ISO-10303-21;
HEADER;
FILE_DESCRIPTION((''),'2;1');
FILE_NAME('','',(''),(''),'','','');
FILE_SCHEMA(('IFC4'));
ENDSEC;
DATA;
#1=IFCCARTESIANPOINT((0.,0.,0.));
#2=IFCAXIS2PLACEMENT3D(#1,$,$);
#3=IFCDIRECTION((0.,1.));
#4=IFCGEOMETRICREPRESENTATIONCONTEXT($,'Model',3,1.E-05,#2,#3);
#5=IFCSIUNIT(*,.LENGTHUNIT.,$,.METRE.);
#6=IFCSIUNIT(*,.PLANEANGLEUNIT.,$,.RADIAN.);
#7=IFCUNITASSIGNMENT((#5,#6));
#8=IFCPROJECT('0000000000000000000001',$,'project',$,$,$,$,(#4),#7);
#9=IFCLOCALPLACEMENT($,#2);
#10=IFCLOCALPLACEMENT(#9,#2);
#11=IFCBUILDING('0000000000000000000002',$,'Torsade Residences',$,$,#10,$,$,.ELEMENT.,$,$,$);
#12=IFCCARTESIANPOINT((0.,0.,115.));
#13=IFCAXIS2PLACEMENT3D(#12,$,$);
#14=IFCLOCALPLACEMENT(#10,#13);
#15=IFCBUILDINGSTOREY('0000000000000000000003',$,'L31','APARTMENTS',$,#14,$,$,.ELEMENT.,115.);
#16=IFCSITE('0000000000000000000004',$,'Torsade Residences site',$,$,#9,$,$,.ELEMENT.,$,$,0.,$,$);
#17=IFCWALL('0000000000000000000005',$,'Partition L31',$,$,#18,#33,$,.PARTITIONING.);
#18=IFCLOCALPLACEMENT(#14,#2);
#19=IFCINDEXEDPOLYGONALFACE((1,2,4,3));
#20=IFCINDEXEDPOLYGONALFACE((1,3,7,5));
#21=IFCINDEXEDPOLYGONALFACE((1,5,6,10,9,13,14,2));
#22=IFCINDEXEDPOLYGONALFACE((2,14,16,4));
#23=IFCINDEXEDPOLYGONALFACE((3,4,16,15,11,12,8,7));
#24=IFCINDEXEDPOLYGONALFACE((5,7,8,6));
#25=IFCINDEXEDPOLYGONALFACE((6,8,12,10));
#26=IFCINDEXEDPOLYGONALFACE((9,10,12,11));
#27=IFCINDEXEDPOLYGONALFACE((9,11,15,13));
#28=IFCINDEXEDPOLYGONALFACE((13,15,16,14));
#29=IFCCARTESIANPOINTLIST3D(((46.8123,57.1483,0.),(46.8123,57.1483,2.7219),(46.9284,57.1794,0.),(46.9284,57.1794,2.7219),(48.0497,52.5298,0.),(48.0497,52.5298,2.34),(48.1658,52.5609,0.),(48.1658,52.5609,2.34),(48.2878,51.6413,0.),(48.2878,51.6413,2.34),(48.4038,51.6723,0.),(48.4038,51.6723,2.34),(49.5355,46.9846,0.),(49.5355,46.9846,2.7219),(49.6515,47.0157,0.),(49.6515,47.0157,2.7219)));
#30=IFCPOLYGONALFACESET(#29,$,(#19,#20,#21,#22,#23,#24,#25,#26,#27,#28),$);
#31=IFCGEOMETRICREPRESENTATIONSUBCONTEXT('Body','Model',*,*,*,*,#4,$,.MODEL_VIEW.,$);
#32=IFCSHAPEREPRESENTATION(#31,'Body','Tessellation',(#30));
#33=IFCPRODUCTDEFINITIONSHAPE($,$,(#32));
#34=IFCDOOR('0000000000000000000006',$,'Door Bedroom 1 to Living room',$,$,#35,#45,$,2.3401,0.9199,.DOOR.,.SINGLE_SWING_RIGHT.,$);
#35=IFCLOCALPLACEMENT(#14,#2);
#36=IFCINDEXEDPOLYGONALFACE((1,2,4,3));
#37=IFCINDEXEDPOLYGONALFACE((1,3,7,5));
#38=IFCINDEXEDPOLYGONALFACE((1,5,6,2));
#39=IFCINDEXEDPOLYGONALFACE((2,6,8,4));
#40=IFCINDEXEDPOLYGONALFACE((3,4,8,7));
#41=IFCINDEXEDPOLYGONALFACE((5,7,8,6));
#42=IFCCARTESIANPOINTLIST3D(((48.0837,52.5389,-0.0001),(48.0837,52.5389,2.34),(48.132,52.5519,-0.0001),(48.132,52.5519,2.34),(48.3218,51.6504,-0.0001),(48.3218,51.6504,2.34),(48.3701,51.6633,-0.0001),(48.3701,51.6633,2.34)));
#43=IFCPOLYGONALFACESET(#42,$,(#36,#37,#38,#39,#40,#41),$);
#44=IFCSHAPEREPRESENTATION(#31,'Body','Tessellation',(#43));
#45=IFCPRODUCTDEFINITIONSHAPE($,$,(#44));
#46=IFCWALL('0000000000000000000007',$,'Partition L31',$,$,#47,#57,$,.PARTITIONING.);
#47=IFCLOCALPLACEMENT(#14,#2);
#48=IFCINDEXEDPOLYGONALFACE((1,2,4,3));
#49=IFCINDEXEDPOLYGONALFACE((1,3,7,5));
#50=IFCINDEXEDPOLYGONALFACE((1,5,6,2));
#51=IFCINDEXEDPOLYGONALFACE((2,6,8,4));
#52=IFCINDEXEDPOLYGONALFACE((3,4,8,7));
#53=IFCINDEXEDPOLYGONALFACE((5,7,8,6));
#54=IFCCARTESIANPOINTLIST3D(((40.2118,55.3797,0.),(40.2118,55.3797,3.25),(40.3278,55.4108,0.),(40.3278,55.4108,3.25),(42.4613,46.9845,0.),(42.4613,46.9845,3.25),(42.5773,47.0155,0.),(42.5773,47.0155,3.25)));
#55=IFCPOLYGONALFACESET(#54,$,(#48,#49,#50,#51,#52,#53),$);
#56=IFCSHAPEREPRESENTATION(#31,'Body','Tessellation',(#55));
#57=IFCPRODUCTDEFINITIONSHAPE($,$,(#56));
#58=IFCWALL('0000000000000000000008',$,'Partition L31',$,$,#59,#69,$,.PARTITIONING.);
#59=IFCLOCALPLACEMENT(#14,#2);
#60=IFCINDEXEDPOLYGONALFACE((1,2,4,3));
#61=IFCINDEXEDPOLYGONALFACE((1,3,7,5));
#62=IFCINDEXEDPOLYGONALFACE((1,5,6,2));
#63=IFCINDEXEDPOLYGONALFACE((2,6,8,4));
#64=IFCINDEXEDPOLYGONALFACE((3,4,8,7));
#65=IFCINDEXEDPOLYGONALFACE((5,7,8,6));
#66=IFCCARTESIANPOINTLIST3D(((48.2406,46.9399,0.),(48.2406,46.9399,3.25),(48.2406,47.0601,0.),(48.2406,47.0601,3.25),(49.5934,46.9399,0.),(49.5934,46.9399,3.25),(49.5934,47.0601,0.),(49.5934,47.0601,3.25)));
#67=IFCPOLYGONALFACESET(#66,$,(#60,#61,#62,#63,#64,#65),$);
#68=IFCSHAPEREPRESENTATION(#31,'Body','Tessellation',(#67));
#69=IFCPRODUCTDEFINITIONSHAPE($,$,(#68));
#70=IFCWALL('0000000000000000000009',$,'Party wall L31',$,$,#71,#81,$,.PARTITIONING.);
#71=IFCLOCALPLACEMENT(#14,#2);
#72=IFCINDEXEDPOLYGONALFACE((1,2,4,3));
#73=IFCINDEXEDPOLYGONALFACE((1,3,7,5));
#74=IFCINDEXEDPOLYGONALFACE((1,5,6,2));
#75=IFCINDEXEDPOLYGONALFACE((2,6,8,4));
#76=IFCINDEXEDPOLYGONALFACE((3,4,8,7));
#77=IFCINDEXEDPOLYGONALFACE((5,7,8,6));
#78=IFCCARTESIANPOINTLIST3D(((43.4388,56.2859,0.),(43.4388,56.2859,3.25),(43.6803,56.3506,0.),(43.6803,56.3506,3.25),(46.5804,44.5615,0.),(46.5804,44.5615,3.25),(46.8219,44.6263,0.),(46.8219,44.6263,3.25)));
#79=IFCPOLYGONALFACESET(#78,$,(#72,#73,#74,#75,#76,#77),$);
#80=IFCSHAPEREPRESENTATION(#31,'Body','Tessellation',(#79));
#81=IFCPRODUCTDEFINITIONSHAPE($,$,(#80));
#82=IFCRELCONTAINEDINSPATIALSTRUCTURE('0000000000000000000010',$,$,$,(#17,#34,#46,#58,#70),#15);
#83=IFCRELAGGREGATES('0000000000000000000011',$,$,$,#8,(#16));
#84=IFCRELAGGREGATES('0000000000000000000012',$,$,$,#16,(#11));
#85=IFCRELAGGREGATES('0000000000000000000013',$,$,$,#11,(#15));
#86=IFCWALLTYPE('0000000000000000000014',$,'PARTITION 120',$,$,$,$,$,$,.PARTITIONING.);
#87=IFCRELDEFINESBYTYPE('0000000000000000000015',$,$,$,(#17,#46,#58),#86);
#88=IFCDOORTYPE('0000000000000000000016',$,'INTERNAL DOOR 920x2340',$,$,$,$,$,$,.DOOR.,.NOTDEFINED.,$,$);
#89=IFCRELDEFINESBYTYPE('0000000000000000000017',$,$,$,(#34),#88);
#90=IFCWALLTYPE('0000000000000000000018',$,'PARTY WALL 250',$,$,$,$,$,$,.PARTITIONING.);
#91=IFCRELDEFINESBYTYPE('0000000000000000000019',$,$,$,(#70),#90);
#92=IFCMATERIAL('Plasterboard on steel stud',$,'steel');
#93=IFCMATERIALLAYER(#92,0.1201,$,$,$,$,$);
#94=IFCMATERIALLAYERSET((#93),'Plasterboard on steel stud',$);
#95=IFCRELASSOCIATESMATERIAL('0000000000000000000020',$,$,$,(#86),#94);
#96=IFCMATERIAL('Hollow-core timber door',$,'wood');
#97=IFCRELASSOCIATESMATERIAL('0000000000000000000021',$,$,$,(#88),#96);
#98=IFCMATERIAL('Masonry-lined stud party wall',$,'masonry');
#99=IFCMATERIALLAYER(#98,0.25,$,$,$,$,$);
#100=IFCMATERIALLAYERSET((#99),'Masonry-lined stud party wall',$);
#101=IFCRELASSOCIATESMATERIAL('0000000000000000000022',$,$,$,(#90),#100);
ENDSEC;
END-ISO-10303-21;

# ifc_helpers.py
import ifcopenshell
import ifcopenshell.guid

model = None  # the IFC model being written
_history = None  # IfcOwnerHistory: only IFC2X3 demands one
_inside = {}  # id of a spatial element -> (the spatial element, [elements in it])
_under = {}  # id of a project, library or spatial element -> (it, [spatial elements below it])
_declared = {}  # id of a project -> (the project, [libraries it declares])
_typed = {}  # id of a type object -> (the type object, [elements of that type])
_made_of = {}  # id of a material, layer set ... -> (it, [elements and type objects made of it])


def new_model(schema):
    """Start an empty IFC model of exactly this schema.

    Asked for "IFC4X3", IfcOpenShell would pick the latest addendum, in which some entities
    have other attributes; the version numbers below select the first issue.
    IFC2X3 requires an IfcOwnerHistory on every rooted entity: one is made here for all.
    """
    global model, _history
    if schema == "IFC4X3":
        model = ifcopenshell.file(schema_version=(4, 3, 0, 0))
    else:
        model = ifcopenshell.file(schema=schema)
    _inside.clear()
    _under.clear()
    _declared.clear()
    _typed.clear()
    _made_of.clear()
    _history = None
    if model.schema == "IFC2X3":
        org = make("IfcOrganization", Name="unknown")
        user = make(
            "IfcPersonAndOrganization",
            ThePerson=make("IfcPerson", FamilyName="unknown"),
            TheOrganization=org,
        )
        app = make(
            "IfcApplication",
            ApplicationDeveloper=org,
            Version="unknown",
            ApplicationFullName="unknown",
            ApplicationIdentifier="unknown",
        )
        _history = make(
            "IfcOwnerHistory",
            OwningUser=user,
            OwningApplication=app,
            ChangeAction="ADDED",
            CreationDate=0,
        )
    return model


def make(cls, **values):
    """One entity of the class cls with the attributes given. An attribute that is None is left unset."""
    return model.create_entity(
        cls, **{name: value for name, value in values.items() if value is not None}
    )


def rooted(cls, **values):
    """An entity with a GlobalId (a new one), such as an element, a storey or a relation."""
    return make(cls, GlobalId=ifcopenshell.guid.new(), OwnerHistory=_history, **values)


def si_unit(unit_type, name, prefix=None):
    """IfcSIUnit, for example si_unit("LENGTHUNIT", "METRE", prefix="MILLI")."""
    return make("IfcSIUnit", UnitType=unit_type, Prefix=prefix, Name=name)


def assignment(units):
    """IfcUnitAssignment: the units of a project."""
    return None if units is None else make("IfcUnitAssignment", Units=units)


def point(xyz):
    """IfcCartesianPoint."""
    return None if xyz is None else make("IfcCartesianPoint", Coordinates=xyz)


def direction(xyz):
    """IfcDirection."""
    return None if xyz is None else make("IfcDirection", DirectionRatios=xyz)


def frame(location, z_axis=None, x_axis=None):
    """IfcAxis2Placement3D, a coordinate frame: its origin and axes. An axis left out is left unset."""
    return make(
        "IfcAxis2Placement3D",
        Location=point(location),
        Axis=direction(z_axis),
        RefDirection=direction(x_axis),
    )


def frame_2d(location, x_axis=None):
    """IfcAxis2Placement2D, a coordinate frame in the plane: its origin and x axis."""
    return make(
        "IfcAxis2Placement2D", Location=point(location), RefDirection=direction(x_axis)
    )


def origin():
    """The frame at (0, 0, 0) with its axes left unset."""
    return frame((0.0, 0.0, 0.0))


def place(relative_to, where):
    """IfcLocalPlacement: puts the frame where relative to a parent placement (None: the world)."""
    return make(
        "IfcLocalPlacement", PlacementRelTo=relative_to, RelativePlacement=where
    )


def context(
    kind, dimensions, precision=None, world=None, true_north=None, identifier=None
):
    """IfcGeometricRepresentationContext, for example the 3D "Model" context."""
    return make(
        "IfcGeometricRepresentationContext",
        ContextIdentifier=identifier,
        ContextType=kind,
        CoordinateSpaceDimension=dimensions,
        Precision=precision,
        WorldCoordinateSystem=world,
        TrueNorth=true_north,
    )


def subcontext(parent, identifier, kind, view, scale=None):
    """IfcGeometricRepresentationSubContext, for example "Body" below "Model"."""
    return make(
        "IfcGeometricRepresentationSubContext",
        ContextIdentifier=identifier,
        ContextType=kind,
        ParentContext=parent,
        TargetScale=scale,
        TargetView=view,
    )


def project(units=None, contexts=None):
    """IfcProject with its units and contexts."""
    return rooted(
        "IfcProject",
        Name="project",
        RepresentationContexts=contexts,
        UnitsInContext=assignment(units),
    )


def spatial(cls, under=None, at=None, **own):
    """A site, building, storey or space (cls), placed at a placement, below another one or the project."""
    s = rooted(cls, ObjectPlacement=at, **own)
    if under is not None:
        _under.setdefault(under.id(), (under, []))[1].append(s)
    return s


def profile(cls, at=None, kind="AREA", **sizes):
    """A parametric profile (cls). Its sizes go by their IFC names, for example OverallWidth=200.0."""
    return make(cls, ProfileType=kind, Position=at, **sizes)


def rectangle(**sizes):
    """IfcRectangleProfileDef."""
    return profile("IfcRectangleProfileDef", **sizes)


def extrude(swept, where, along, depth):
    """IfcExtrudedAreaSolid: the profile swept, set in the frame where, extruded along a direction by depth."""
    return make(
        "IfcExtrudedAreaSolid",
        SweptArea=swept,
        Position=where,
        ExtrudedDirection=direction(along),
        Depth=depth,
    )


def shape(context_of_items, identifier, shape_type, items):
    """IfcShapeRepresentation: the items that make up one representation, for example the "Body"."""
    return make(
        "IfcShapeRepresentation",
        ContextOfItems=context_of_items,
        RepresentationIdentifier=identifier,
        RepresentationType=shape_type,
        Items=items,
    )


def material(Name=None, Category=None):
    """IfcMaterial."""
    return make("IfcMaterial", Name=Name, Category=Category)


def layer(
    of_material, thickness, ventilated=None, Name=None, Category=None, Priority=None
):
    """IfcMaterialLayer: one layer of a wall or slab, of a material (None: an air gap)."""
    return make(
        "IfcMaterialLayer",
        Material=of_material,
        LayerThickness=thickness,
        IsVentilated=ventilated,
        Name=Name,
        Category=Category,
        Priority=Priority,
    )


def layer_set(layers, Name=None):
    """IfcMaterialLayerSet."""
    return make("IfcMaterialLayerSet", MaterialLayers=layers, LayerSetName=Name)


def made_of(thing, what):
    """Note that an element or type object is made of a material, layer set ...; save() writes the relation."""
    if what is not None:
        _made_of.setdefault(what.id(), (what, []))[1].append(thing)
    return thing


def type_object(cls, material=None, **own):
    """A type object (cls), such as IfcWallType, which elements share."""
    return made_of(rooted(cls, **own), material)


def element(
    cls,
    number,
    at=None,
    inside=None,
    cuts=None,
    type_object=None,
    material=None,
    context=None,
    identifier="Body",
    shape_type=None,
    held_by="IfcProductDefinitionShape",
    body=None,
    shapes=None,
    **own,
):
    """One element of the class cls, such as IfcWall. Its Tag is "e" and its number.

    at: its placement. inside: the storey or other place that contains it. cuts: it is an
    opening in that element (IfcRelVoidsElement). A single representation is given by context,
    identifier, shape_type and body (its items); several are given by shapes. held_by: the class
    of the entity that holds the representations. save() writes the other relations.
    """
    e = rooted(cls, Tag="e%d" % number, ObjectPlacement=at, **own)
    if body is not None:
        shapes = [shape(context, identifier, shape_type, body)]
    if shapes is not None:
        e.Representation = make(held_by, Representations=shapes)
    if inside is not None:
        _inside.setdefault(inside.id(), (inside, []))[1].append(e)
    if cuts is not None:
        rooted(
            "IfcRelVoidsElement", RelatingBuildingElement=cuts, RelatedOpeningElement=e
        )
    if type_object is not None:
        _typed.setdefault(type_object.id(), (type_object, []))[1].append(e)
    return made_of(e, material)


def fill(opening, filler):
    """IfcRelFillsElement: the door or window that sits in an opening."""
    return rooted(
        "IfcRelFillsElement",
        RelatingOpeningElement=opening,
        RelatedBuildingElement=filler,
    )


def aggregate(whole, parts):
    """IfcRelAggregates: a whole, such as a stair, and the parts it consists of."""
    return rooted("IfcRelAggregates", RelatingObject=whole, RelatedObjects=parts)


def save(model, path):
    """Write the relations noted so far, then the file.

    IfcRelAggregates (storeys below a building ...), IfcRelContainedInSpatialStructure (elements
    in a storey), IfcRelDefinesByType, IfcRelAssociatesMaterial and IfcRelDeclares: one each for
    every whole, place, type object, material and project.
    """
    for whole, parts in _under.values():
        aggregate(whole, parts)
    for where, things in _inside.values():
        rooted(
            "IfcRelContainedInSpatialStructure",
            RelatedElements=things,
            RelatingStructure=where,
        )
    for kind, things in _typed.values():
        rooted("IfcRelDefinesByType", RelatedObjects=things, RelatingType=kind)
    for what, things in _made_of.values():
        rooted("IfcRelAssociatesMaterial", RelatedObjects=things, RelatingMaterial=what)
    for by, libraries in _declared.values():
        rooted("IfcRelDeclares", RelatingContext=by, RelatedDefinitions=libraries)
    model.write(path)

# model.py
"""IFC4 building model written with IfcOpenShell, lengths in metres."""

from ifc_helpers import new_model, si_unit, direction, frame, frame_2d, origin, place, context, subcontext, project, spatial, rectangle, extrude, material, layer, layer_set, type_object, element, fill, save


model = new_model("IFC4")

# Units and contexts
model_context = context("Model", 3, precision=1e-05, world=origin(), true_north=direction((0.0, 1.0)))
body_context = subcontext(model_context, "Body", "Model", "MODEL_VIEW")
ifc_project = project(units=[si_unit("LENGTHUNIT", "METRE"), si_unit("PLANEANGLEUNIT", "RADIAN")], contexts=[model_context])

# Site, building, storey
site_placement = place(None, origin())
site = spatial("IfcSite", under=ifc_project, at=site_placement, Name="Torsade Residences site", CompositionType="ELEMENT", RefElevation=0.0)
building_placement = place(site_placement, origin())
building = spatial("IfcBuilding", under=site, at=building_placement, Name="Torsade Residences", CompositionType="ELEMENT")
storey_placement = place(building_placement, frame((0.0, 0.0, 115.0)))
storey = spatial("IfcBuildingStorey", under=building, at=storey_placement, Name="L31", Description="APARTMENTS", CompositionType="ELEMENT", Elevation=115.0)

# Wall, opening, door
ifc_material_1 = material(Name="Plasterboard on steel stud", Category="steel")
ifc_layer_1 = layer(ifc_material_1, 0.1201)
ifc_layer_set_1 = layer_set([ifc_layer_1], Name="Plasterboard on steel stud")
wall_type_1 = type_object("IfcWallType", Name="PARTITION 120", PredefinedType="PARTITIONING", material=ifc_layer_set_1)
wall_1_placement = place(storey_placement, frame((49.5935, 47.0, 0.0), z_axis=(0.0, 0.0, 1.0), x_axis=(-0.258798, 0.965932, 0.0)))
wall_1 = element("IfcWall", 1, at=wall_1_placement, inside=storey, type_object=wall_type_1, Name="Partition L31", PredefinedType="PARTITIONING", context=body_context, shape_type="SweptSolid", body=[
    extrude(rectangle(XDim=10.5222, YDim=0.1201, at=frame_2d((5.2612, 0.0))), origin(), (0.0, 0.0, 1.0), 2.7219),
])
opening_1_placement = place(wall_1_placement, frame((4.821, 0.0, 0.0)))
opening_1 = element("IfcOpeningElement", 2, at=opening_1_placement, cuts=wall_1, PredefinedType="OPENING", context=body_context, shape_type="SweptSolid", body=[
    extrude(rectangle(XDim=0.9199, YDim=2.3401, at=frame_2d((0.46, 1.1699))), frame((0.0, 0.0701, 0.0), z_axis=(0.0, -1.0, 0.0), x_axis=(1.0, 0.0, 0.0)), (0.0, 0.0, 1.0), 0.1401),
])
ifc_material_2 = material(Name="Hollow-core timber door", Category="wood")
door_type_1 = type_object("IfcDoorType", Name="INTERNAL DOOR 920x2340", OperationType="NOTDEFINED", PredefinedType="DOOR", material=ifc_material_2)
door_1_placement = place(opening_1_placement, origin())
door_1 = element("IfcDoor", 3, at=door_1_placement, inside=storey, type_object=door_type_1, Name="Door Bedroom 1 to Living room", OperationType="SINGLE_SWING_RIGHT", OverallHeight=2.3401, OverallWidth=0.9199, PredefinedType="DOOR", context=body_context, shape_type="SweptSolid", body=[
    extrude(rectangle(XDim=0.9199, YDim=2.3401, at=frame_2d((0.46, 1.1699))), frame((0.0, 0.0249, 0.0), z_axis=(0.0, -1.0, 0.0), x_axis=(1.0, 0.0, 0.0)), (0.0, 0.0, 1.0), 0.05),
])
fill(opening_1, door_1)

# Walls
wall_2_placement = place(storey_placement, frame((42.5193, 47.0, 0.0), z_axis=(0.0, 0.0, 1.0), x_axis=(-0.25882, 0.965926, 0.0)))
element("IfcWall", 4, at=wall_2_placement, inside=storey, type_object=wall_type_1, Name="Partition L31", PredefinedType="PARTITIONING", context=body_context, shape_type="SweptSolid", body=[
    extrude(rectangle(XDim=8.6914, YDim=0.1201, at=frame_2d((4.3457, 0.0))), origin(), (0.0, 0.0, 1.0), 3.25),
])
wall_3_placement = place(storey_placement, frame((48.2407, 47.0, 0.0), z_axis=(0.0, 0.0, 1.0), x_axis=(1.0, 0.0, 0.0)))
element("IfcWall", 5, at=wall_3_placement, inside=storey, type_object=wall_type_1, Name="Partition L31", PredefinedType="PARTITIONING", context=body_context, shape_type="SweptSolid", body=[
    extrude(rectangle(XDim=1.3528, YDim=0.1201, at=frame_2d((0.6763, 0.0))), origin(), (0.0, 0.0, 1.0), 3.25),
])
ifc_material_3 = material(Name="Masonry-lined stud party wall", Category="masonry")
ifc_layer_2 = layer(ifc_material_3, 0.25)
ifc_layer_set_2 = layer_set([ifc_layer_2], Name="Masonry-lined stud party wall")
wall_type_2 = type_object("IfcWallType", Name="PARTY WALL 250", PredefinedType="PARTITIONING", material=ifc_layer_set_2)
wall_4_placement = place(storey_placement, frame((43.5596, 56.3181, 0.0), z_axis=(0.0, 0.0, 1.0), x_axis=(0.258824, -0.965924, 0.0)))
element("IfcWall", 6, at=wall_4_placement, inside=storey, type_object=wall_type_2, Name="Party wall L31", PredefinedType="PARTITIONING", context=body_context, shape_type="SweptSolid", body=[
    extrude(rectangle(XDim=12.1379, YDim=0.25, at=frame_2d((6.0688, 0.0))), origin(), (0.0, 0.0, 1.0), 3.25),
])

save(model, "model.ifc")
